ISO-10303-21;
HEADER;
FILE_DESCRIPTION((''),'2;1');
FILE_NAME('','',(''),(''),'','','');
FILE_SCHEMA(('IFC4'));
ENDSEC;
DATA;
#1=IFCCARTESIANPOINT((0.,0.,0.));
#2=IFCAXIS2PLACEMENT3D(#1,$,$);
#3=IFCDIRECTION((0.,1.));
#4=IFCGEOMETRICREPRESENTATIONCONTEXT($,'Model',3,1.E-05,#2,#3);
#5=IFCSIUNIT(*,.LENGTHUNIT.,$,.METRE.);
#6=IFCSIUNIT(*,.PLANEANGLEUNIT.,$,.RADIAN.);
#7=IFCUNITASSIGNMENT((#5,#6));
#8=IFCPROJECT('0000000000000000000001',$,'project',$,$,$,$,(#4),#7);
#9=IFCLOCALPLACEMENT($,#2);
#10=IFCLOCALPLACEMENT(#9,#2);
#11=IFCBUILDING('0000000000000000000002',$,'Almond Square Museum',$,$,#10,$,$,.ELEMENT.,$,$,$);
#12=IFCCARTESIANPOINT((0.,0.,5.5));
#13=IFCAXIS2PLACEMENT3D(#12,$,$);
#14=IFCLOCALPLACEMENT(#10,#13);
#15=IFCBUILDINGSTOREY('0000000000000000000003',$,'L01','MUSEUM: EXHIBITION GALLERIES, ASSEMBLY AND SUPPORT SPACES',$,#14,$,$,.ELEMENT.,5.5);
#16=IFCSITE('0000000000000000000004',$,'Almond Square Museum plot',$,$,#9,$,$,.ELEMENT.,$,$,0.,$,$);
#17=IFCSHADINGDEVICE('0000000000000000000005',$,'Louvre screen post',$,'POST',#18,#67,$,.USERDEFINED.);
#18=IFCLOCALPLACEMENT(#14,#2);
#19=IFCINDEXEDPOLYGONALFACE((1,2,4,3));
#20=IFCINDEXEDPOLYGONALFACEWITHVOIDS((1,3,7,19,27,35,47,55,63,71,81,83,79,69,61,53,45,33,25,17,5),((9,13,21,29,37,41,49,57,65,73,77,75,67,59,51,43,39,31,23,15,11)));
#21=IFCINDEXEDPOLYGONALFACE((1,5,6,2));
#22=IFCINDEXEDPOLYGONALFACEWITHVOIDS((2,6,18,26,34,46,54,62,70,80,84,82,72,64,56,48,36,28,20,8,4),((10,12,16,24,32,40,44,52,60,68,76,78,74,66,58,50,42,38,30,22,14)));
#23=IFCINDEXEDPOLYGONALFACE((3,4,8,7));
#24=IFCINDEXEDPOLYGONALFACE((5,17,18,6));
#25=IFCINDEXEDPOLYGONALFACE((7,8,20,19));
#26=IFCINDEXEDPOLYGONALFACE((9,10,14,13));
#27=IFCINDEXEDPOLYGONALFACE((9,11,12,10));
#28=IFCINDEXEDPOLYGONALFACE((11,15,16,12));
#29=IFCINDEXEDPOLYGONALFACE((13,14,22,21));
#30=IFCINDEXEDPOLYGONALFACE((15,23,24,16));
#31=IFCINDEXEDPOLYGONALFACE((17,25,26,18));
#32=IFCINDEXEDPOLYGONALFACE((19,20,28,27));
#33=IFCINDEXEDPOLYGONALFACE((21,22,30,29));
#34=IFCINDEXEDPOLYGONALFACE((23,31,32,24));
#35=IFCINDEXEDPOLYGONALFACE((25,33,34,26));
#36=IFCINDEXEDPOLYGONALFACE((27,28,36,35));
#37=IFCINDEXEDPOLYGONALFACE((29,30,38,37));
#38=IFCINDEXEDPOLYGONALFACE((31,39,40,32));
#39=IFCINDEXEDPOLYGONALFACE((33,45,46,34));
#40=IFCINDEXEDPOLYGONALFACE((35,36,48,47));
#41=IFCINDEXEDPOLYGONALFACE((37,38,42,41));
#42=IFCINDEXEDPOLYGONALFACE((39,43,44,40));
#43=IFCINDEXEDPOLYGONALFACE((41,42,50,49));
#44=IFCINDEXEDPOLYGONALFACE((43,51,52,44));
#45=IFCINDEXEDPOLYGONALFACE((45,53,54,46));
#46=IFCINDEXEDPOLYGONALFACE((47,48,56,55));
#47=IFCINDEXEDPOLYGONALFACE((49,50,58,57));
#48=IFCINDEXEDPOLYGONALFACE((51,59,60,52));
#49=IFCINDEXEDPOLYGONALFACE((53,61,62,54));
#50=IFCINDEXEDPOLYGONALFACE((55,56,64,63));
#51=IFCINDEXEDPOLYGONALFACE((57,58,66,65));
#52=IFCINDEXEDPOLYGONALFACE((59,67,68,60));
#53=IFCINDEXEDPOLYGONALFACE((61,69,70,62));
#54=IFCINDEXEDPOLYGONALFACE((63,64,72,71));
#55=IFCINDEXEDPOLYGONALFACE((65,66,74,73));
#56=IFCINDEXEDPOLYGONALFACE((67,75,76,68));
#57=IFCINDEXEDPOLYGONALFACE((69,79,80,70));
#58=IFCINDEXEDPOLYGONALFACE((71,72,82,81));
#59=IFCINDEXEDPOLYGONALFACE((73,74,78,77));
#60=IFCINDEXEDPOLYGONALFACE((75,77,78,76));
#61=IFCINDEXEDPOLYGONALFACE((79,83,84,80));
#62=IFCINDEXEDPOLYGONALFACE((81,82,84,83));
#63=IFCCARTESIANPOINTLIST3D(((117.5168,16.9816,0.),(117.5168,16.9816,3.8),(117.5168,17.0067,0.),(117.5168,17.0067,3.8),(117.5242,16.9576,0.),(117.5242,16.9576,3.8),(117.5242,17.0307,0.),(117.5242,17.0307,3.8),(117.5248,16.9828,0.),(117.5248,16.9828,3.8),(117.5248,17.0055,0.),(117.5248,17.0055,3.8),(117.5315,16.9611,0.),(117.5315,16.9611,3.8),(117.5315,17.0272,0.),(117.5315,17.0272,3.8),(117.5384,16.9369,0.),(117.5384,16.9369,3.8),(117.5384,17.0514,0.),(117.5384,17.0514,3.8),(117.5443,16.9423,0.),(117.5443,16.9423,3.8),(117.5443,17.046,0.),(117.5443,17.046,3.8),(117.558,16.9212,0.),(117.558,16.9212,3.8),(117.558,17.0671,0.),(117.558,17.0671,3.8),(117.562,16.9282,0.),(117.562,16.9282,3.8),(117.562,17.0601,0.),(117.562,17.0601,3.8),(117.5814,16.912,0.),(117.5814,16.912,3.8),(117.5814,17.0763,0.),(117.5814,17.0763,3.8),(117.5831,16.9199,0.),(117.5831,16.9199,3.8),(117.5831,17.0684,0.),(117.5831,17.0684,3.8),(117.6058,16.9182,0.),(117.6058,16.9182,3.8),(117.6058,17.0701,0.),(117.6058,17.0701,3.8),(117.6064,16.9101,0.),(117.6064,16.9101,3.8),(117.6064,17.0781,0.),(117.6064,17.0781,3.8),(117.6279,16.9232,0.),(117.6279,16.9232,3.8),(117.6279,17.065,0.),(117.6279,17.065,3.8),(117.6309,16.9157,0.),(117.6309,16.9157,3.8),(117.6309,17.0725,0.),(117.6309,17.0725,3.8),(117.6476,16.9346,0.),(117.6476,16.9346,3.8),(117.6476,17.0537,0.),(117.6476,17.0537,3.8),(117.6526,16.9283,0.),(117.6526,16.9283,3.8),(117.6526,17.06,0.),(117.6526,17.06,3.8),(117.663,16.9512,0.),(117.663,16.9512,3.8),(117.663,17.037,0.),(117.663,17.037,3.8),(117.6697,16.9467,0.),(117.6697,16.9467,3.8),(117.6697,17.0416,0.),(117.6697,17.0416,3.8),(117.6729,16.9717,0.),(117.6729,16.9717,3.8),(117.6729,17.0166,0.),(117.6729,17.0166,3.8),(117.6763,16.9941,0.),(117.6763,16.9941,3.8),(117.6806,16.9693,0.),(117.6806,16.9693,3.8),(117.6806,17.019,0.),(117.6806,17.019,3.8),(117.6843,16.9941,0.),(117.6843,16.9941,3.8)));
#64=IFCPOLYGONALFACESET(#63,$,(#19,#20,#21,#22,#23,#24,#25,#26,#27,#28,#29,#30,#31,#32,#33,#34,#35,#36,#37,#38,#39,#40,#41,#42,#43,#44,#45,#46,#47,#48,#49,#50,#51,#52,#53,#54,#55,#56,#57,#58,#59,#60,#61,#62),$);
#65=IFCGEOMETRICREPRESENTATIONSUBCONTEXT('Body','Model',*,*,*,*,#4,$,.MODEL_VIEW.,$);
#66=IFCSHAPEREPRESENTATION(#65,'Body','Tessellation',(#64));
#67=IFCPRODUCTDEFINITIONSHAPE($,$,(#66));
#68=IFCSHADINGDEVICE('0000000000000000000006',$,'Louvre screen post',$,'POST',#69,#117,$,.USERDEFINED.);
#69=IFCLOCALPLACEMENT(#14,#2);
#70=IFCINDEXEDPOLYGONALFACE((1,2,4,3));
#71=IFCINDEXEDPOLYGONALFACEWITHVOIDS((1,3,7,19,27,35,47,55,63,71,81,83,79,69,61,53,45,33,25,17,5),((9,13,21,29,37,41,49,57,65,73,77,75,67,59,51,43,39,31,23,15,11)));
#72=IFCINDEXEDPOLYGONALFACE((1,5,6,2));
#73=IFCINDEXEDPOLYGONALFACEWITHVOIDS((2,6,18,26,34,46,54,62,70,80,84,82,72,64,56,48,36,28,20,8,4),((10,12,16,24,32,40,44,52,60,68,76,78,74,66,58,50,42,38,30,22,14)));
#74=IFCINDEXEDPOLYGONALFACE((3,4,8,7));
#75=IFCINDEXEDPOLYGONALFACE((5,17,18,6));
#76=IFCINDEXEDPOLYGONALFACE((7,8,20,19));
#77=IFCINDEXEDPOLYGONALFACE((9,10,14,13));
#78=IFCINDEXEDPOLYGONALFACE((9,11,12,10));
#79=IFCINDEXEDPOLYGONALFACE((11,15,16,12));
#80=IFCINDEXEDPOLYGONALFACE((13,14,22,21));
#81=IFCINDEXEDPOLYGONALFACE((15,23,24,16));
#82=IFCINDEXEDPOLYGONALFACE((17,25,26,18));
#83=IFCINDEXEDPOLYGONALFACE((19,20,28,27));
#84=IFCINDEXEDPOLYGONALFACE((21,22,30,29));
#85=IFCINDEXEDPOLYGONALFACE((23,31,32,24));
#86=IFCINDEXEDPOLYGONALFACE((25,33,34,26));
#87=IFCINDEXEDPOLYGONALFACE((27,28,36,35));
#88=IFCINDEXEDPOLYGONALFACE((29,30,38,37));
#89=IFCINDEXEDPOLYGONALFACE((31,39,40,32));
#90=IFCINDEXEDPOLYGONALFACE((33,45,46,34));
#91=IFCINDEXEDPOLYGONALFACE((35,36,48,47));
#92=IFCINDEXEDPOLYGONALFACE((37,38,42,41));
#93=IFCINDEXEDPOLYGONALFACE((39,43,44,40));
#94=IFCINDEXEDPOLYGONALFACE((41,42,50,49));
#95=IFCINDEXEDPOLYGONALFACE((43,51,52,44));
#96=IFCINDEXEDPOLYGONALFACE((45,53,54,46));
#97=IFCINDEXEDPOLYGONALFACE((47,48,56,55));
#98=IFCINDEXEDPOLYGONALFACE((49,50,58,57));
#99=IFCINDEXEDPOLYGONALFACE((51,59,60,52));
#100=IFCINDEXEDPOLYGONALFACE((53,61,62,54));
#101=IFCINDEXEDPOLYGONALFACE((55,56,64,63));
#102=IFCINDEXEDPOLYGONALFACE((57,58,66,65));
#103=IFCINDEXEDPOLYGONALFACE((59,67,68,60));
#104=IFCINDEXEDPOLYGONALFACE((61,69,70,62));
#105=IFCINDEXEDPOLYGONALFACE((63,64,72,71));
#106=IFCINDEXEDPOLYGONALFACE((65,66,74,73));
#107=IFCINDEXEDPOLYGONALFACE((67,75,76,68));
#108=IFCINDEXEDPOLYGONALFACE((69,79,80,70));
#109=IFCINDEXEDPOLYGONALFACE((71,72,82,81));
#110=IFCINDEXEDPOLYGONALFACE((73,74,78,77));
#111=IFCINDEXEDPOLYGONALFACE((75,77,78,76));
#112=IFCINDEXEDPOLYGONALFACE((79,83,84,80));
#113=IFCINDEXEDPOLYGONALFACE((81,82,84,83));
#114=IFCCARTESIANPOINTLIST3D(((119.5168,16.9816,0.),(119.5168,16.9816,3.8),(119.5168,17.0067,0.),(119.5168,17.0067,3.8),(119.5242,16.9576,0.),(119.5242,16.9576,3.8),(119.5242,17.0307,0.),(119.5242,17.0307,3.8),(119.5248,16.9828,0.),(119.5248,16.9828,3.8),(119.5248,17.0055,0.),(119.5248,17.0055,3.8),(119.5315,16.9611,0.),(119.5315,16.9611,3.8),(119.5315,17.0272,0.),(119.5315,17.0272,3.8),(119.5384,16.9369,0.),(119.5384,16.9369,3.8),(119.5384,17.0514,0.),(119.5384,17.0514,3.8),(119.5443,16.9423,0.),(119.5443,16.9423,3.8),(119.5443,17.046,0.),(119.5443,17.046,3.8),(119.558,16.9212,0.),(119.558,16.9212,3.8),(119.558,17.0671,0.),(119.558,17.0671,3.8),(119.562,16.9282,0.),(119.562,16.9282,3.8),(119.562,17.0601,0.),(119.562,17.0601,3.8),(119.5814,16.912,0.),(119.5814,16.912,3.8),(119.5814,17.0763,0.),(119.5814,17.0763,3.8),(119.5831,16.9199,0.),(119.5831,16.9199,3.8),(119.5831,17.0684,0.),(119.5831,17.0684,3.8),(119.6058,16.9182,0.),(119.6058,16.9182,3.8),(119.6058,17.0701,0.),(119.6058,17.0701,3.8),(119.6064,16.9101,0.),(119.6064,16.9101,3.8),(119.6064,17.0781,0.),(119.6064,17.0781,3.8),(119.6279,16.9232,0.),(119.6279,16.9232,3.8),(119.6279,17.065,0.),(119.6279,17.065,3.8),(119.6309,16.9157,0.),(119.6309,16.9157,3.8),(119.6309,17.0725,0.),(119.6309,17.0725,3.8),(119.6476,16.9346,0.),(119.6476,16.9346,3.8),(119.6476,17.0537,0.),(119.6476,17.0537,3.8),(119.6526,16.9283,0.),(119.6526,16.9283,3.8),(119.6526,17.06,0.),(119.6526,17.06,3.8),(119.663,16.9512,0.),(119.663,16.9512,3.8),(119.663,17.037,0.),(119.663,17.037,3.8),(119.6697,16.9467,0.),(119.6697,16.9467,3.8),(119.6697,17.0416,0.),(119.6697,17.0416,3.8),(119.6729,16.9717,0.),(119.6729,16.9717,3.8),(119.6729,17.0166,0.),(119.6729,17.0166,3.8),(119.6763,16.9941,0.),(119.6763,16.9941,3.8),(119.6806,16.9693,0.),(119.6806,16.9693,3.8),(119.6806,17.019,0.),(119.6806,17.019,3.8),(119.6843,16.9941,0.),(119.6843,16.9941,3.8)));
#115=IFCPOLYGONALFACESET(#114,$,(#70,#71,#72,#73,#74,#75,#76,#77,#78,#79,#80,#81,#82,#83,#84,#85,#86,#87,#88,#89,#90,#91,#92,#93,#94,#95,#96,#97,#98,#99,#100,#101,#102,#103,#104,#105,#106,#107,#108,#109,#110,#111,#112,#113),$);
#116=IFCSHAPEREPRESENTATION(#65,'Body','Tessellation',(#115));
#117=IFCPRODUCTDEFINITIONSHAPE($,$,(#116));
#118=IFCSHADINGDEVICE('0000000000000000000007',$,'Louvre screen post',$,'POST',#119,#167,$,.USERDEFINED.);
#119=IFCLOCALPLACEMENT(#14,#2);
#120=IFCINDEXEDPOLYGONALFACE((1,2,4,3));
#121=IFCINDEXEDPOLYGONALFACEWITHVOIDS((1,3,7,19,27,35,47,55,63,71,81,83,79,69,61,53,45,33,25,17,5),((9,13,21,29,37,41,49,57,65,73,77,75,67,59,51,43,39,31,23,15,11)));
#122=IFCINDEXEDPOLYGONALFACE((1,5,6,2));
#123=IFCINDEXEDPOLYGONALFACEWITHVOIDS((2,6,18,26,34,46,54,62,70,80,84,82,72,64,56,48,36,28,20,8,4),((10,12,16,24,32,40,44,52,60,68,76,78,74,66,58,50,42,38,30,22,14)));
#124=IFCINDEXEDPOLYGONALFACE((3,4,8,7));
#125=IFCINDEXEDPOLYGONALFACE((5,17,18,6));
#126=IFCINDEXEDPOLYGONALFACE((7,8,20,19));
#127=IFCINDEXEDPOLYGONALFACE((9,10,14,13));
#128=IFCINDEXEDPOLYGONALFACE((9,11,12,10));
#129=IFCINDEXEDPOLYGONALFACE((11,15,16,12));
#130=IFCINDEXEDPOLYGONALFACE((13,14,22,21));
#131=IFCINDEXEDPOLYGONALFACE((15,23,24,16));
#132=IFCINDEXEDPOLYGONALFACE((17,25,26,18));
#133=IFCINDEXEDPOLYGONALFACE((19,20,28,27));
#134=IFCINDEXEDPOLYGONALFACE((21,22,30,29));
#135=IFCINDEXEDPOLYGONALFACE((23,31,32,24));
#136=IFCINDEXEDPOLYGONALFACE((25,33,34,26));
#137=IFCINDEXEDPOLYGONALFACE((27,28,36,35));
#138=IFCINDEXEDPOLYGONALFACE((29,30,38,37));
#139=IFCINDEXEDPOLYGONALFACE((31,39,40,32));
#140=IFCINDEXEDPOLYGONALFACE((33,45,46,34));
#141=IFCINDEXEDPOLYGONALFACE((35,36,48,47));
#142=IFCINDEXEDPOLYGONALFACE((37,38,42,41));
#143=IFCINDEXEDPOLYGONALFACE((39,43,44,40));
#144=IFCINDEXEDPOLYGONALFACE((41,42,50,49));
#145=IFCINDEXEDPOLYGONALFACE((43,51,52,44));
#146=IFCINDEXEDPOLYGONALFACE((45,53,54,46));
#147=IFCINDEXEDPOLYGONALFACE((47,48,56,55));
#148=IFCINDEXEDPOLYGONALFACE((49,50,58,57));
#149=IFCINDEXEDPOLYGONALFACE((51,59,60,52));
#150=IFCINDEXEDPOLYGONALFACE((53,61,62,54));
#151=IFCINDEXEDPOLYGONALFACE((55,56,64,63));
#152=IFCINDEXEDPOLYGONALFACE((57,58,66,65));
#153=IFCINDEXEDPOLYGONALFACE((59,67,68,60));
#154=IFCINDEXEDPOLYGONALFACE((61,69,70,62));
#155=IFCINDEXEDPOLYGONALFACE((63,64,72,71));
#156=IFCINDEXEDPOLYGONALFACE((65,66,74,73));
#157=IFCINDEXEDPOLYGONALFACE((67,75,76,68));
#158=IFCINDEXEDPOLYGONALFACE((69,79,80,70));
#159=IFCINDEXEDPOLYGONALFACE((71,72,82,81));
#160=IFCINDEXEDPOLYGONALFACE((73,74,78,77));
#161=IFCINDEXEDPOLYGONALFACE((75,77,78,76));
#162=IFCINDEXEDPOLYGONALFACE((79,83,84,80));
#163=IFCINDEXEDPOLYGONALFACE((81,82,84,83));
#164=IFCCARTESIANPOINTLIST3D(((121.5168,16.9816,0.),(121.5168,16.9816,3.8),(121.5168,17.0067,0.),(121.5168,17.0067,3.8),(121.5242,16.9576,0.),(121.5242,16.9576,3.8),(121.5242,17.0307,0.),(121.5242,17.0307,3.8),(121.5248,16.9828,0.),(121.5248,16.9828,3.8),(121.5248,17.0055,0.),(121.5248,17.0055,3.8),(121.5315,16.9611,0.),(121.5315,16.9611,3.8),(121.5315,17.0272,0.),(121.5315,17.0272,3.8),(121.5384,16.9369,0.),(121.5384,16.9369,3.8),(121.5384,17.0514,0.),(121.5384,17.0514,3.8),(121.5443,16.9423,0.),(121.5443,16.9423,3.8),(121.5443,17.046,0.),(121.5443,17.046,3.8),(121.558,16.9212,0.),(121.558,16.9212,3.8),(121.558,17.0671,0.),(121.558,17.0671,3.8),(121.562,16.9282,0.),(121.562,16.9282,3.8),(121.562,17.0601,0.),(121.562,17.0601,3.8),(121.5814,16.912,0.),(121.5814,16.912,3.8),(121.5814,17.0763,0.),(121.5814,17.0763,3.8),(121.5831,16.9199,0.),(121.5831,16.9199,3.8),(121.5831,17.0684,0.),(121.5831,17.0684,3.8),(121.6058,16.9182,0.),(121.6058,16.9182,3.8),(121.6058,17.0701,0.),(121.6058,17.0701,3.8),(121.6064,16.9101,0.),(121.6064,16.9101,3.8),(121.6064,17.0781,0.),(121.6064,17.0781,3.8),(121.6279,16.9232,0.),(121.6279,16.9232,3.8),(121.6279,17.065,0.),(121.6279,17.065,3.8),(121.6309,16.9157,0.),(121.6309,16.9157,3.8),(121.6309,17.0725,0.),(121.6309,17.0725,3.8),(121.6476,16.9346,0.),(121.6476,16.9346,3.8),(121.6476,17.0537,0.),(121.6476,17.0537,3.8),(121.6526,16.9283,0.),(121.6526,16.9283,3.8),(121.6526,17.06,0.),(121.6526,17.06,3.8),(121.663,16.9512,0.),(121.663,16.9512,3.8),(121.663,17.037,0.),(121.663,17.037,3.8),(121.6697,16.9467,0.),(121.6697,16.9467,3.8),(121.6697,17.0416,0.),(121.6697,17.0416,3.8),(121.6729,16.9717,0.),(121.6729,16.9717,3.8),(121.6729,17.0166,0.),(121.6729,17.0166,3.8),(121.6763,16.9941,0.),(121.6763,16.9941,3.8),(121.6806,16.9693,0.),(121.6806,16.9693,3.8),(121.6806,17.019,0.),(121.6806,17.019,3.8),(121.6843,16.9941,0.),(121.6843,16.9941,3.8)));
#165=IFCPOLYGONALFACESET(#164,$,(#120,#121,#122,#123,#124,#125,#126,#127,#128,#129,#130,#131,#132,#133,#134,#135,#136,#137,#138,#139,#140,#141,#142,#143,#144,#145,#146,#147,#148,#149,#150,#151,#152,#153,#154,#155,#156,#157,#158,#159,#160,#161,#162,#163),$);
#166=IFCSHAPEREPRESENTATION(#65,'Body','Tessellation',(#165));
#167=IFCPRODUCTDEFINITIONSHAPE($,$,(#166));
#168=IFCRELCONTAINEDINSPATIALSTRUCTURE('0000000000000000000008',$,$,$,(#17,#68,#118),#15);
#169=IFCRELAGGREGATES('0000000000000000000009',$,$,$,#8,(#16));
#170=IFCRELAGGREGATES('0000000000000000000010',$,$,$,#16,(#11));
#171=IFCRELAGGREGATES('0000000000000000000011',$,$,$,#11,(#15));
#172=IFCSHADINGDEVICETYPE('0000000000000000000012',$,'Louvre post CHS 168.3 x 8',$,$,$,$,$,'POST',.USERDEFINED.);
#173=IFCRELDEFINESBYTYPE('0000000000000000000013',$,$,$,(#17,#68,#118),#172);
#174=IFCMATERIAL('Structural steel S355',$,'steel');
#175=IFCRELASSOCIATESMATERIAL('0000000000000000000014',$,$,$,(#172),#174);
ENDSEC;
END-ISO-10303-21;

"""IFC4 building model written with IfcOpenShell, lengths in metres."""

from ifc_helpers import new_model, si_unit, direction, frame, origin, origin_2d, place, context, subcontext, project, spatial, hollow_circle, extrude, material, material_profile, profile_set, type_object, element, save


model = new_model("IFC4")

# Units and contexts
model_context = context("Model", 3, precision=1e-05, world=origin(), true_north=direction((0.0, 1.0)))
body_context = subcontext(model_context, "Body", "Model", "MODEL_VIEW")
ifc_project = project(units=[si_unit("LENGTHUNIT", "METRE"), si_unit("PLANEANGLEUNIT", "RADIAN")], contexts=[model_context])

# Site, building, storey
site_placement = place(None, origin())
site = spatial("IfcSite", under=ifc_project, at=site_placement, Name="Almond Square Museum plot", CompositionType="ELEMENT", RefElevation=0.0)
building_placement = place(site_placement, origin())
building = spatial("IfcBuilding", under=site, at=building_placement, Name="Almond Square Museum", CompositionType="ELEMENT")
storey_placement = place(building_placement, frame((0.0, 0.0, 5.5)))
storey = spatial("IfcBuildingStorey", under=building, at=storey_placement, Name="L01", Description="MUSEUM: EXHIBITION GALLERIES, ASSEMBLY AND SUPPORT SPACES", CompositionType="ELEMENT", Elevation=5.5)

# Shading devices
ifc_material_1 = material(Name="Structural steel S355", Category="steel")
ifc_material_profile_1 = material_profile(ifc_material_1, hollow_circle(Radius=0.0842, WallThickness=0.0081, at=origin_2d()))
ifc_profile_set_1 = profile_set([ifc_material_profile_1], Name="Structural steel S355")
shading_device_type = type_object("IfcShadingDeviceType", Name="Louvre post CHS 168.3 x 8", ElementType="POST", PredefinedType="USERDEFINED", material=ifc_profile_set_1)
for number, where, z_axis, x_axis, name in (
    (1, (117.6001, 16.9941, 0.0), (0.0, 0.0, 1.0), (1.0, 0.0, 0.0), "Louvre screen post"),
    (2, (119.6001, 16.9941, 0.0), (0.0, 0.0, 1.0), (1.0, 0.0, 0.0), "Louvre screen post"),
    (3, (121.6001, 16.9941, 0.0), (0.0, 0.0, 1.0), (1.0, 0.0, 0.0), "Louvre screen post"),
):
    element("IfcShadingDevice", number, at=place(storey_placement, frame(where, z_axis=z_axis, x_axis=x_axis)), inside=storey, type_object=shading_device_type, Name=name, ObjectType="POST", PredefinedType="USERDEFINED", context=body_context, shape_type="SweptSolid", body=[
        extrude(hollow_circle(Radius=0.0842, WallThickness=0.0081, at=origin_2d()), origin(), (0.0, 0.0, 1.0), 3.8),
    ])

save(model, "model.ifc")
